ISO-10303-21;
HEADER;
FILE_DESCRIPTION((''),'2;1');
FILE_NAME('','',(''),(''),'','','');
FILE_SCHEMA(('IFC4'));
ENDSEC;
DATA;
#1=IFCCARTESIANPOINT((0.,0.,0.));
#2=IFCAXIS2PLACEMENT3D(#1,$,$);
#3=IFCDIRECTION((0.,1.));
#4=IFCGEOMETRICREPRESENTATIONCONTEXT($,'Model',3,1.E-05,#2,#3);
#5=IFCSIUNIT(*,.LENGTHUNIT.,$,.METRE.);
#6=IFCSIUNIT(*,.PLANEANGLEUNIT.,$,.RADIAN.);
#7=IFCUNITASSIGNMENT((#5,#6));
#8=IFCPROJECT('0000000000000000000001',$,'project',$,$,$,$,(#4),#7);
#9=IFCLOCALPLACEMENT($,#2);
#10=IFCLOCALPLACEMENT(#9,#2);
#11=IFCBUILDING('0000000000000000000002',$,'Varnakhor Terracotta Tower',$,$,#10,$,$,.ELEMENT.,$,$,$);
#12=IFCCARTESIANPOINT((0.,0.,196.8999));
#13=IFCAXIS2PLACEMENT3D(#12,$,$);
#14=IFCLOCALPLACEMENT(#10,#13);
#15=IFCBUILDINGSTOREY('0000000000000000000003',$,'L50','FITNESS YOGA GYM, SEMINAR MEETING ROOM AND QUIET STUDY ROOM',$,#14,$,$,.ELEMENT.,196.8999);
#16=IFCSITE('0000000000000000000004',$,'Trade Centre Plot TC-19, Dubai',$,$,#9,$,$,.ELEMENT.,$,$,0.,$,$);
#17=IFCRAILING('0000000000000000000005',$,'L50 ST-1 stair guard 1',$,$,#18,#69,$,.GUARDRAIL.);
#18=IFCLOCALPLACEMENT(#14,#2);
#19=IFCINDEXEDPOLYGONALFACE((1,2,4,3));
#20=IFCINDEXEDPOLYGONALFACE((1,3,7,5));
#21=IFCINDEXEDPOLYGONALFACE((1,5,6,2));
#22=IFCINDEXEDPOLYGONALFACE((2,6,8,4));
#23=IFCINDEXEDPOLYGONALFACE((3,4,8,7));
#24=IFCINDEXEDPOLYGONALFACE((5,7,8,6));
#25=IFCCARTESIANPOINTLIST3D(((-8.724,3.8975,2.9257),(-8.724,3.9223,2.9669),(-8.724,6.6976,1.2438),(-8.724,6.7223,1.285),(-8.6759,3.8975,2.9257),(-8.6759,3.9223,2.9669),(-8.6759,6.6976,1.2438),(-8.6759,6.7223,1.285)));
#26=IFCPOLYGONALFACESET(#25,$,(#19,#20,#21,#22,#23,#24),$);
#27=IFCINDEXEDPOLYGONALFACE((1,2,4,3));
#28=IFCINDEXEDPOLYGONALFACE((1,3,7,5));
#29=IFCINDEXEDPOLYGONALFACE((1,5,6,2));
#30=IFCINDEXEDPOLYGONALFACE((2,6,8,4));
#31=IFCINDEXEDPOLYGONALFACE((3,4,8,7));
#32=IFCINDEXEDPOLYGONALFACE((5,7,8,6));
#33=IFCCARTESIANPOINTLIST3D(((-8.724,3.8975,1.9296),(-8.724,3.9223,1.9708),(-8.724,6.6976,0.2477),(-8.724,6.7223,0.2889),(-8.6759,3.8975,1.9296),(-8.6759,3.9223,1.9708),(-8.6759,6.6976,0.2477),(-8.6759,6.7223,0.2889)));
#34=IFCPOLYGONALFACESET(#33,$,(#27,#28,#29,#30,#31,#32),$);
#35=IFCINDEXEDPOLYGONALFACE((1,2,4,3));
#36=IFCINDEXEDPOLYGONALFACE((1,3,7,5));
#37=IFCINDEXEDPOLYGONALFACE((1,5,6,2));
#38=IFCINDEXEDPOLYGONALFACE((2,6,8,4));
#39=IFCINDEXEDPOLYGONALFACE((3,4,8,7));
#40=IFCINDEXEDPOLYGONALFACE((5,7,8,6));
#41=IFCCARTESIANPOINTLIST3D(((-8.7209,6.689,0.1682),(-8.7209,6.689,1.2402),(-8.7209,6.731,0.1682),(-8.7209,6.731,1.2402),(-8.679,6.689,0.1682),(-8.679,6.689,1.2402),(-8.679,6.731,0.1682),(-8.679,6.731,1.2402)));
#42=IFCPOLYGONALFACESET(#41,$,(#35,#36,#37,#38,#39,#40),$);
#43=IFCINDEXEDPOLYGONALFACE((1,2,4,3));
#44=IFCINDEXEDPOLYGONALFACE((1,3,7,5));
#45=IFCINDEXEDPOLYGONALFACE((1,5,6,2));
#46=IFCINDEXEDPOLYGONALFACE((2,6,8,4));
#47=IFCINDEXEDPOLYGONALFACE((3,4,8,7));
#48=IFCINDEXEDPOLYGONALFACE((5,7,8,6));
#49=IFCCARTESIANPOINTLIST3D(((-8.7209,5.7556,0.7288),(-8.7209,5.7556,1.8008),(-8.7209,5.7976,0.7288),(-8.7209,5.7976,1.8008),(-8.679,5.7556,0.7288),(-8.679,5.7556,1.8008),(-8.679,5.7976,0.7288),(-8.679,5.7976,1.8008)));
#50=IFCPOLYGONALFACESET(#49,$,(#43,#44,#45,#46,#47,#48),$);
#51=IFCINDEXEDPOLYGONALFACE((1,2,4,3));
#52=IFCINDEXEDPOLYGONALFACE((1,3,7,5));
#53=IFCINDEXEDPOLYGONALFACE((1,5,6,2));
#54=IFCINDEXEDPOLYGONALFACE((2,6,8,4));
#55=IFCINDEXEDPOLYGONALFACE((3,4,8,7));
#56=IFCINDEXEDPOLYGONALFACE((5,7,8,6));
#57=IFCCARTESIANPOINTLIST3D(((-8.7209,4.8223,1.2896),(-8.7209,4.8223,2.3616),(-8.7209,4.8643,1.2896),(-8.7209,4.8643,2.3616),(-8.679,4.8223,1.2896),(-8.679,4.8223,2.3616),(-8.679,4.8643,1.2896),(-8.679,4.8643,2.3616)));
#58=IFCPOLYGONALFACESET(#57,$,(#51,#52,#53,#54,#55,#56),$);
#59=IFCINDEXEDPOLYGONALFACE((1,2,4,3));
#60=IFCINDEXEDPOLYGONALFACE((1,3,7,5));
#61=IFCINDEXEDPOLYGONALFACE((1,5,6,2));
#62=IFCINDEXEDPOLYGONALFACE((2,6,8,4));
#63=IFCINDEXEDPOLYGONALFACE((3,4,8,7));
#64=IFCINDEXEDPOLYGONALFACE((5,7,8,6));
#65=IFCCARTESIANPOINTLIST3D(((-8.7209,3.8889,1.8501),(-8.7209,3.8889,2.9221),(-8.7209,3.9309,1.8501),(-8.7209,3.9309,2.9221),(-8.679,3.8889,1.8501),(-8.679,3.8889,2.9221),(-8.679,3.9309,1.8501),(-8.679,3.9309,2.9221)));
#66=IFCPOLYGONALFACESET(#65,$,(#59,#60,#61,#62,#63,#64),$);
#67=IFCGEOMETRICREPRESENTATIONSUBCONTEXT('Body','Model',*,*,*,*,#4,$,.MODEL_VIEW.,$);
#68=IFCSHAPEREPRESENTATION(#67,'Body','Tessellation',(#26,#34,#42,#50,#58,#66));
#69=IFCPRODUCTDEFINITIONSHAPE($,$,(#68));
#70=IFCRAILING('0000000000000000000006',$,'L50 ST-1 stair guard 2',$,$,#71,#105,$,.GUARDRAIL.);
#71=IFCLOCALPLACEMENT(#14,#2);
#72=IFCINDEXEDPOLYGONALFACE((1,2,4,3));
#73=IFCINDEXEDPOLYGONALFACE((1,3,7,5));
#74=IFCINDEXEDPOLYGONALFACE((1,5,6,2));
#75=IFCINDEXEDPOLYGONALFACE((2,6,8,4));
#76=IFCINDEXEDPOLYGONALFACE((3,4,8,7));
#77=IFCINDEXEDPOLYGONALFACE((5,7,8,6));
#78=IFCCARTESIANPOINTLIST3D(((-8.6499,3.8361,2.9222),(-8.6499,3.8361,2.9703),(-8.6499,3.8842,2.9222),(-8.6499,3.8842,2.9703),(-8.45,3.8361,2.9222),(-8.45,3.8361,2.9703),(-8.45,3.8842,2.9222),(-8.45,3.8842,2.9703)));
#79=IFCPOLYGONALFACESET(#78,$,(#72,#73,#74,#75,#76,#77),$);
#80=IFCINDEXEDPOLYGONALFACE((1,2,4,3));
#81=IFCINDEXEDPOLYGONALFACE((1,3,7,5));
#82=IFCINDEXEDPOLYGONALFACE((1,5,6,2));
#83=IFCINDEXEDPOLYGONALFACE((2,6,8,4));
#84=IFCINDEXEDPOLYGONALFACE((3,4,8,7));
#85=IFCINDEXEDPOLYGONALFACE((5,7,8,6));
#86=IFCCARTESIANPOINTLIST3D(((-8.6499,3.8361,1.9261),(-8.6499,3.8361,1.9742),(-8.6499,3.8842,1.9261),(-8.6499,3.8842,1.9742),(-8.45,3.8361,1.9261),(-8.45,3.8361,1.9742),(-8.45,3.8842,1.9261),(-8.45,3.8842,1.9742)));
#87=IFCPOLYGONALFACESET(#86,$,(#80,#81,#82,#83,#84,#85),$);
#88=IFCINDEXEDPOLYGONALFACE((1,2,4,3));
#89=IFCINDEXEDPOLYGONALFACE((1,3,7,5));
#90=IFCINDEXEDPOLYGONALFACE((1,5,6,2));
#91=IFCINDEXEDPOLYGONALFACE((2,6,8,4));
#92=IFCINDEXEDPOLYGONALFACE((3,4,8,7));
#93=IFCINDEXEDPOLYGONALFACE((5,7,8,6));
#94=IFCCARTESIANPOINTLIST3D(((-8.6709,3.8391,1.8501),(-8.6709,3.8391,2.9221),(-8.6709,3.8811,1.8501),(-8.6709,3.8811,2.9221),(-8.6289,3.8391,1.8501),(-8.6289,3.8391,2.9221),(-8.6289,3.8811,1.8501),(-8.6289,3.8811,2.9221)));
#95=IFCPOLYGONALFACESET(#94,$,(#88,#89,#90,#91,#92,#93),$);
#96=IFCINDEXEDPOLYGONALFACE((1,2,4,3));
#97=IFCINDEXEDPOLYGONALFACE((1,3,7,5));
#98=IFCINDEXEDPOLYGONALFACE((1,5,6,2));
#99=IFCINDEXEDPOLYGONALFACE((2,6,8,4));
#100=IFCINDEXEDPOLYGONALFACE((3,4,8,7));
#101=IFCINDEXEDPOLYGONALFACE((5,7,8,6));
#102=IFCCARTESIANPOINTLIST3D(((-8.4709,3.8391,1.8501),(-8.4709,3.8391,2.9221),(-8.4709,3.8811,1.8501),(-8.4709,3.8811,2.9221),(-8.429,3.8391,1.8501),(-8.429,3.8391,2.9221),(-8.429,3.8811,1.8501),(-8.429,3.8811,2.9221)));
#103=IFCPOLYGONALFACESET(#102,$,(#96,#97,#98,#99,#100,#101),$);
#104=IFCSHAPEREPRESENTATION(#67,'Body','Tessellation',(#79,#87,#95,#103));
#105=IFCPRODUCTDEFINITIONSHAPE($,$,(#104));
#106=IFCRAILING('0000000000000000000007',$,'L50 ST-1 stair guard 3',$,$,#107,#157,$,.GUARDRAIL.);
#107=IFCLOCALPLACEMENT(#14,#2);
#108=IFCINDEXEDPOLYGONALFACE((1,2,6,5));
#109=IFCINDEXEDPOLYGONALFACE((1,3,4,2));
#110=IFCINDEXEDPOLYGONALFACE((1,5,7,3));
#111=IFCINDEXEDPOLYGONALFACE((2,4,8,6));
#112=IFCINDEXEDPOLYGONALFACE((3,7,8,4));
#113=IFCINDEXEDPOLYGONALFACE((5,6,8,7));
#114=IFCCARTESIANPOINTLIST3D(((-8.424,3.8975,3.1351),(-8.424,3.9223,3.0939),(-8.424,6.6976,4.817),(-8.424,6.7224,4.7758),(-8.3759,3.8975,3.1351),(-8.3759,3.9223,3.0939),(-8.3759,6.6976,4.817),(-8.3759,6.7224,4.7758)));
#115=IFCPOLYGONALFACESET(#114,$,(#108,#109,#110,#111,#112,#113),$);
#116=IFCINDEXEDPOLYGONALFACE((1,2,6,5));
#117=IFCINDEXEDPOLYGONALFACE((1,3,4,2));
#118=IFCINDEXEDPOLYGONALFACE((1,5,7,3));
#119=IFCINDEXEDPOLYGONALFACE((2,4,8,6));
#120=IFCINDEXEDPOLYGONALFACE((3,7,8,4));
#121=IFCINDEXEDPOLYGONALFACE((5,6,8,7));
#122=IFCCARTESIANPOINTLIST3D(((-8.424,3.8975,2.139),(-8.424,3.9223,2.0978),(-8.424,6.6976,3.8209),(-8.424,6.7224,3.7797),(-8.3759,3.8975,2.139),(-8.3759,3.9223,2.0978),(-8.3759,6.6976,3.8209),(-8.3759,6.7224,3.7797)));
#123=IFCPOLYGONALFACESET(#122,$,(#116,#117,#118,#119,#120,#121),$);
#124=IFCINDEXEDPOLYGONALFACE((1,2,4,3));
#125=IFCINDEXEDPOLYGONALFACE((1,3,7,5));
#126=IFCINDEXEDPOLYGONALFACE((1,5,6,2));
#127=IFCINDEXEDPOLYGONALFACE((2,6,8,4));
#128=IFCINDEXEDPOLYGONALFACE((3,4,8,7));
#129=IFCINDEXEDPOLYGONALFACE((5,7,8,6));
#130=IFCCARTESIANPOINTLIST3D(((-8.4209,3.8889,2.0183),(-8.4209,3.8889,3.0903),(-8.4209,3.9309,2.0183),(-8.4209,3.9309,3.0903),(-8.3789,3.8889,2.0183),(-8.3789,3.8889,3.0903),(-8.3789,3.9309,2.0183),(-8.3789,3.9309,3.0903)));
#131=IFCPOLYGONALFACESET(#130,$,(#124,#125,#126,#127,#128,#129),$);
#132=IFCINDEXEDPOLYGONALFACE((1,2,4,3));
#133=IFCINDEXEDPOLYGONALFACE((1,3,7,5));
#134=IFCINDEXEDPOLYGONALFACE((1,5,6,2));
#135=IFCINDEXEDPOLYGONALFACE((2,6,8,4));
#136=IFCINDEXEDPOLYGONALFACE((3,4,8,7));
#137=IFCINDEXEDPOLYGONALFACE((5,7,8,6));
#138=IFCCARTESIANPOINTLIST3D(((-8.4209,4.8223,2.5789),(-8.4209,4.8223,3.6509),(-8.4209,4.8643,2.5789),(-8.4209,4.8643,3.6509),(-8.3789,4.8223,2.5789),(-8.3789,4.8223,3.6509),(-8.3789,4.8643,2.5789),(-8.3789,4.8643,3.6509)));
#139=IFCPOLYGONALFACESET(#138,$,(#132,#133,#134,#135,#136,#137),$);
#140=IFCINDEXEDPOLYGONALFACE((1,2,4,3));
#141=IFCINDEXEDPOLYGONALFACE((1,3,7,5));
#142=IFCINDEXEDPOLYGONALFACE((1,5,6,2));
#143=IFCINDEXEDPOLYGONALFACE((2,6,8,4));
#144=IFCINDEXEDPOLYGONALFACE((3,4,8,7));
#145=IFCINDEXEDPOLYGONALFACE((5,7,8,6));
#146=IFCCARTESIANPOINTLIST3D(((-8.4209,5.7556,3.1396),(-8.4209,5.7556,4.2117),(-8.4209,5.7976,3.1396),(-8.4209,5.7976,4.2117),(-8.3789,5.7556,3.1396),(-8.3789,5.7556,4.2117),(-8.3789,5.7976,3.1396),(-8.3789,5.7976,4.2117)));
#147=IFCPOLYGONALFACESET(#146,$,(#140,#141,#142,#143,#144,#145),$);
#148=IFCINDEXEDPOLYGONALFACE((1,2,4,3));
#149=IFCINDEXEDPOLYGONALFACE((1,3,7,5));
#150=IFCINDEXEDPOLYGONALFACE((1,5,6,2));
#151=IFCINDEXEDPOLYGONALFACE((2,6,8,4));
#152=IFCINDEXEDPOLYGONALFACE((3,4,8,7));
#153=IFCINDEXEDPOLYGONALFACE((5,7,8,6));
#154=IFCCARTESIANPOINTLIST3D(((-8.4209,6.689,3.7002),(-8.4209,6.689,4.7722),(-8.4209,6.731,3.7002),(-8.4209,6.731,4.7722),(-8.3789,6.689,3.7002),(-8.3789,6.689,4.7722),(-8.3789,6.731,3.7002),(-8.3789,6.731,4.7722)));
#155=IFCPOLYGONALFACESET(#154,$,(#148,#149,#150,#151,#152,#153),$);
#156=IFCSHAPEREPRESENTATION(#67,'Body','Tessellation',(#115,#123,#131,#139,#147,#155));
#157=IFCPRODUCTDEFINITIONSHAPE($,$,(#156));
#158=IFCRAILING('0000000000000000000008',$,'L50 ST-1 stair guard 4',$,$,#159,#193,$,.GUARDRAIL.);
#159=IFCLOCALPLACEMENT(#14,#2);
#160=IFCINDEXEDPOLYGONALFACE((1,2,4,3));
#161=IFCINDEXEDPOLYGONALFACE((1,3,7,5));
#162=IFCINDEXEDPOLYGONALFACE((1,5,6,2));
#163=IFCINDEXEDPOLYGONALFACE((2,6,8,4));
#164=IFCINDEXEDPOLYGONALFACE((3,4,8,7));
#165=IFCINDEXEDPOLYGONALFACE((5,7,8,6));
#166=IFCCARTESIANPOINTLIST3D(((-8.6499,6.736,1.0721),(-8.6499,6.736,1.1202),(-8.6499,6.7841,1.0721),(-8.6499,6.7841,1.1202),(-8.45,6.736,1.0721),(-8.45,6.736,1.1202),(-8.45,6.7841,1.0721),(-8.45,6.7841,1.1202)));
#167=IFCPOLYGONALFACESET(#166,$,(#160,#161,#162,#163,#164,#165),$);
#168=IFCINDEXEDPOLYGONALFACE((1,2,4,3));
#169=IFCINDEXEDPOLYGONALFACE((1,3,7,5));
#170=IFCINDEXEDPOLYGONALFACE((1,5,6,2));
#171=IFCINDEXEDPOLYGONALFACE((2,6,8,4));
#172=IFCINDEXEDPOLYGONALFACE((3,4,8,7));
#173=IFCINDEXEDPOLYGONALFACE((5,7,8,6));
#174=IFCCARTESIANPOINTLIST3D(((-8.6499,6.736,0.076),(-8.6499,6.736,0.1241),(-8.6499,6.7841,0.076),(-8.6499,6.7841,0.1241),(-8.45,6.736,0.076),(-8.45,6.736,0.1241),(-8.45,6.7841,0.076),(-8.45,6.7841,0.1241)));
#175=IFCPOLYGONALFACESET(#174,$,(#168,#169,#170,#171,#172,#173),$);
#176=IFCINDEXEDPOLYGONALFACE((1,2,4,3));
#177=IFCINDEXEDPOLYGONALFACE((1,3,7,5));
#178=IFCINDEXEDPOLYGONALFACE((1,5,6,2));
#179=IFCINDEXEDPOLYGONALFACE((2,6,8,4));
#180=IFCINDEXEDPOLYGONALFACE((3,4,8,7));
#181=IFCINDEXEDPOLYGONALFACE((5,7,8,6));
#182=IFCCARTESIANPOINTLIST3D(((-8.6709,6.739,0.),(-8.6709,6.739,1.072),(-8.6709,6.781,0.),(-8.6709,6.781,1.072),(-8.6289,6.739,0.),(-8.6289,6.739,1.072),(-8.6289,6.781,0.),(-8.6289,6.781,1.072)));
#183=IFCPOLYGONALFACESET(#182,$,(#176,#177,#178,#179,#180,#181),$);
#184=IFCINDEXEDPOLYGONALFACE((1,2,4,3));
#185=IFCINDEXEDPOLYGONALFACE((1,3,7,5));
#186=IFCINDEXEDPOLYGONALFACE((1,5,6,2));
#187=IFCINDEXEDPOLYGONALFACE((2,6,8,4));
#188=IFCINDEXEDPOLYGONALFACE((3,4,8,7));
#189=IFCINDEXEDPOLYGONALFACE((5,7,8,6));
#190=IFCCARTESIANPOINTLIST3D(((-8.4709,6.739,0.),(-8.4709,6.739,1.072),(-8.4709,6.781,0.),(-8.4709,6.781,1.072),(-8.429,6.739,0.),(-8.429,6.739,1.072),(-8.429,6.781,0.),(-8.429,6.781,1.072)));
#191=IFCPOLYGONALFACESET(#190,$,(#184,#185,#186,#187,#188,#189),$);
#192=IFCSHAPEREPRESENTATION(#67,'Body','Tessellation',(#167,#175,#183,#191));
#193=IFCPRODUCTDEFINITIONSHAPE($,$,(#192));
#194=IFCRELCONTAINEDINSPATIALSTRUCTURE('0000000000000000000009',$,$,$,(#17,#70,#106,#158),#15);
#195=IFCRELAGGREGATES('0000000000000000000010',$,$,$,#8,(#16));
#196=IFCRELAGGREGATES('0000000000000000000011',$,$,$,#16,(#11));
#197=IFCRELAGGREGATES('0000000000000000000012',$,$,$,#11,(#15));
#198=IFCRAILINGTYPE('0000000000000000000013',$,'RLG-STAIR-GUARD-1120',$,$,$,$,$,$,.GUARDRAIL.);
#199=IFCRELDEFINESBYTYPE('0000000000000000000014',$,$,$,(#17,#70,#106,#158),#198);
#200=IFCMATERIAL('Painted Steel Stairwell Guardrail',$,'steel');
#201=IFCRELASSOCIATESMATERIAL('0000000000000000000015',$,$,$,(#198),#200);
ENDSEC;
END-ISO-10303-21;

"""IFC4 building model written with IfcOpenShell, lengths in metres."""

from ifc_helpers import new_model, si_unit, direction, frame, origin, origin_2d, place, context, subcontext, project, spatial, rectangle, extrude, material, type_object, element, save


model = new_model("IFC4")

# Units and contexts
model_context = context("Model", 3, precision=1e-05, world=origin(), true_north=direction((0.0, 1.0)))
body_context = subcontext(model_context, "Body", "Model", "MODEL_VIEW")
ifc_project = project(units=[si_unit("LENGTHUNIT", "METRE"), si_unit("PLANEANGLEUNIT", "RADIAN")], contexts=[model_context])

# Site, building, storey
site_placement = place(None, origin())
site = spatial("IfcSite", under=ifc_project, at=site_placement, Name="Trade Centre Plot TC-19, Dubai", CompositionType="ELEMENT", RefElevation=0.0)
building_placement = place(site_placement, origin())
building = spatial("IfcBuilding", under=site, at=building_placement, Name="Varnakhor Terracotta Tower", CompositionType="ELEMENT")
storey_placement = place(building_placement, frame((0.0, 0.0, 196.8999)))
storey = spatial("IfcBuildingStorey", under=building, at=storey_placement, Name="L50", Description="FITNESS YOGA GYM, SEMINAR MEETING ROOM AND QUIET STUDY ROOM", CompositionType="ELEMENT", Elevation=196.8999)

# Railings
ifc_material_1 = material(Name="Painted Steel Stairwell Guardrail", Category="steel")
railing_type_1 = type_object("IfcRailingType", Name="RLG-STAIR-GUARD-1120", PredefinedType="GUARDRAIL", material=ifc_material_1)
railing_1_placement = place(storey_placement, frame((-8.7, 6.71, 0.1682)))
element("IfcRailing", 1, at=railing_1_placement, inside=storey, type_object=railing_type_1, Name="L50 ST-1 stair guard 1", PredefinedType="GUARDRAIL", context=body_context, shape_type="SweptSolid", body=[
    extrude(rectangle(XDim=0.0481, YDim=0.0481, at=origin_2d()), frame((0.0, 0.0, 1.0962), z_axis=(0.0, -0.857242, 0.514913), x_axis=(1.0, 0.0, 0.0)), (0.0, 0.0, 1.0), 3.2664),
    extrude(rectangle(XDim=0.0481, YDim=0.0481, at=origin_2d()), frame((0.0, 0.0, 0.1001), z_axis=(0.0, -0.857242, 0.514913), x_axis=(1.0, 0.0, 0.0)), (0.0, 0.0, 1.0), 3.2664),
    extrude(rectangle(XDim=0.042, YDim=0.042, at=origin_2d()), origin(), (0.0, 0.0, 1.0), 1.072),
    extrude(rectangle(XDim=0.042, YDim=0.042, at=origin_2d()), frame((0.0, -0.9333, 0.5605)), (0.0, 0.0, 1.0), 1.072),
    extrude(rectangle(XDim=0.042, YDim=0.042, at=origin_2d()), frame((0.0, -1.8667, 1.1213)), (0.0, 0.0, 1.0), 1.072),
    extrude(rectangle(XDim=0.042, YDim=0.042, at=origin_2d()), frame((0.0, -2.8, 1.6819)), (0.0, 0.0, 1.0), 1.072),
])
railing_2_placement = place(storey_placement, frame((-8.6499, 3.8601, 1.8501)))
element("IfcRailing", 2, at=railing_2_placement, inside=storey, type_object=railing_type_1, Name="L50 ST-1 stair guard 2", PredefinedType="GUARDRAIL", context=body_context, shape_type="SweptSolid", body=[
    extrude(rectangle(XDim=0.0481, YDim=0.0481, at=origin_2d()), frame((0.0, 0.0, 1.0962), z_axis=(1.0, 0.0, 0.0), x_axis=(0.0, 1.0, 0.0)), (0.0, 0.0, 1.0), 0.2),
    extrude(rectangle(XDim=0.0481, YDim=0.0481, at=origin_2d()), frame((0.0, 0.0, 0.1001), z_axis=(1.0, 0.0, 0.0), x_axis=(0.0, 1.0, 0.0)), (0.0, 0.0, 1.0), 0.2),
    extrude(rectangle(XDim=0.042, YDim=0.042, at=origin_2d()), origin(), (0.0, 0.0, 1.0), 1.072),
    extrude(rectangle(XDim=0.042, YDim=0.042, at=origin_2d()), frame((0.2, 0.0, 0.0)), (0.0, 0.0, 1.0), 1.072),
])
railing_3_placement = place(storey_placement, frame((-8.3999, 3.9099, 2.0183)))
element("IfcRailing", 3, at=railing_3_placement, inside=storey, type_object=railing_type_1, Name="L50 ST-1 stair guard 3", PredefinedType="GUARDRAIL", context=body_context, shape_type="SweptSolid", body=[
    extrude(rectangle(XDim=0.0481, YDim=0.0481, at=origin_2d()), frame((0.0, 0.0, 1.0962), z_axis=(0.0, 0.857242, 0.514913), x_axis=(-1.0, 0.0, 0.0)), (0.0, 0.0, 1.0), 3.2664),
    extrude(rectangle(XDim=0.0481, YDim=0.0481, at=origin_2d()), frame((0.0, 0.0, 0.1001), z_axis=(0.0, 0.857242, 0.514913), x_axis=(-1.0, 0.0, 0.0)), (0.0, 0.0, 1.0), 3.2664),
    extrude(rectangle(XDim=0.042, YDim=0.042, at=origin_2d()), origin(), (0.0, 0.0, 1.0), 1.072),
    extrude(rectangle(XDim=0.042, YDim=0.042, at=origin_2d()), frame((0.0, 0.9333, 0.5605)), (0.0, 0.0, 1.0), 1.072),
    extrude(rectangle(XDim=0.042, YDim=0.042, at=origin_2d()), frame((0.0, 1.8667, 1.1213)), (0.0, 0.0, 1.0), 1.072),
    extrude(rectangle(XDim=0.042, YDim=0.042, at=origin_2d()), frame((0.0, 2.8, 1.6819)), (0.0, 0.0, 1.0), 1.072),
])
railing_4_placement = place(storey_placement, frame((-8.6499, 6.76, 0.0)))
element("IfcRailing", 4, at=railing_4_placement, inside=storey, type_object=railing_type_1, Name="L50 ST-1 stair guard 4", PredefinedType="GUARDRAIL", context=body_context, shape_type="SweptSolid", body=[
    extrude(rectangle(XDim=0.0481, YDim=0.0481, at=origin_2d()), frame((0.0, 0.0, 1.0962), z_axis=(1.0, 0.0, 0.0), x_axis=(0.0, 1.0, 0.0)), (0.0, 0.0, 1.0), 0.2),
    extrude(rectangle(XDim=0.0481, YDim=0.0481, at=origin_2d()), frame((0.0, 0.0, 0.1001), z_axis=(1.0, 0.0, 0.0), x_axis=(0.0, 1.0, 0.0)), (0.0, 0.0, 1.0), 0.2),
    extrude(rectangle(XDim=0.042, YDim=0.042, at=origin_2d()), origin(), (0.0, 0.0, 1.0), 1.072),
    extrude(rectangle(XDim=0.042, YDim=0.042, at=origin_2d()), frame((0.2, 0.0, 0.0)), (0.0, 0.0, 1.0), 1.072),
])

save(model, "model.ifc")
